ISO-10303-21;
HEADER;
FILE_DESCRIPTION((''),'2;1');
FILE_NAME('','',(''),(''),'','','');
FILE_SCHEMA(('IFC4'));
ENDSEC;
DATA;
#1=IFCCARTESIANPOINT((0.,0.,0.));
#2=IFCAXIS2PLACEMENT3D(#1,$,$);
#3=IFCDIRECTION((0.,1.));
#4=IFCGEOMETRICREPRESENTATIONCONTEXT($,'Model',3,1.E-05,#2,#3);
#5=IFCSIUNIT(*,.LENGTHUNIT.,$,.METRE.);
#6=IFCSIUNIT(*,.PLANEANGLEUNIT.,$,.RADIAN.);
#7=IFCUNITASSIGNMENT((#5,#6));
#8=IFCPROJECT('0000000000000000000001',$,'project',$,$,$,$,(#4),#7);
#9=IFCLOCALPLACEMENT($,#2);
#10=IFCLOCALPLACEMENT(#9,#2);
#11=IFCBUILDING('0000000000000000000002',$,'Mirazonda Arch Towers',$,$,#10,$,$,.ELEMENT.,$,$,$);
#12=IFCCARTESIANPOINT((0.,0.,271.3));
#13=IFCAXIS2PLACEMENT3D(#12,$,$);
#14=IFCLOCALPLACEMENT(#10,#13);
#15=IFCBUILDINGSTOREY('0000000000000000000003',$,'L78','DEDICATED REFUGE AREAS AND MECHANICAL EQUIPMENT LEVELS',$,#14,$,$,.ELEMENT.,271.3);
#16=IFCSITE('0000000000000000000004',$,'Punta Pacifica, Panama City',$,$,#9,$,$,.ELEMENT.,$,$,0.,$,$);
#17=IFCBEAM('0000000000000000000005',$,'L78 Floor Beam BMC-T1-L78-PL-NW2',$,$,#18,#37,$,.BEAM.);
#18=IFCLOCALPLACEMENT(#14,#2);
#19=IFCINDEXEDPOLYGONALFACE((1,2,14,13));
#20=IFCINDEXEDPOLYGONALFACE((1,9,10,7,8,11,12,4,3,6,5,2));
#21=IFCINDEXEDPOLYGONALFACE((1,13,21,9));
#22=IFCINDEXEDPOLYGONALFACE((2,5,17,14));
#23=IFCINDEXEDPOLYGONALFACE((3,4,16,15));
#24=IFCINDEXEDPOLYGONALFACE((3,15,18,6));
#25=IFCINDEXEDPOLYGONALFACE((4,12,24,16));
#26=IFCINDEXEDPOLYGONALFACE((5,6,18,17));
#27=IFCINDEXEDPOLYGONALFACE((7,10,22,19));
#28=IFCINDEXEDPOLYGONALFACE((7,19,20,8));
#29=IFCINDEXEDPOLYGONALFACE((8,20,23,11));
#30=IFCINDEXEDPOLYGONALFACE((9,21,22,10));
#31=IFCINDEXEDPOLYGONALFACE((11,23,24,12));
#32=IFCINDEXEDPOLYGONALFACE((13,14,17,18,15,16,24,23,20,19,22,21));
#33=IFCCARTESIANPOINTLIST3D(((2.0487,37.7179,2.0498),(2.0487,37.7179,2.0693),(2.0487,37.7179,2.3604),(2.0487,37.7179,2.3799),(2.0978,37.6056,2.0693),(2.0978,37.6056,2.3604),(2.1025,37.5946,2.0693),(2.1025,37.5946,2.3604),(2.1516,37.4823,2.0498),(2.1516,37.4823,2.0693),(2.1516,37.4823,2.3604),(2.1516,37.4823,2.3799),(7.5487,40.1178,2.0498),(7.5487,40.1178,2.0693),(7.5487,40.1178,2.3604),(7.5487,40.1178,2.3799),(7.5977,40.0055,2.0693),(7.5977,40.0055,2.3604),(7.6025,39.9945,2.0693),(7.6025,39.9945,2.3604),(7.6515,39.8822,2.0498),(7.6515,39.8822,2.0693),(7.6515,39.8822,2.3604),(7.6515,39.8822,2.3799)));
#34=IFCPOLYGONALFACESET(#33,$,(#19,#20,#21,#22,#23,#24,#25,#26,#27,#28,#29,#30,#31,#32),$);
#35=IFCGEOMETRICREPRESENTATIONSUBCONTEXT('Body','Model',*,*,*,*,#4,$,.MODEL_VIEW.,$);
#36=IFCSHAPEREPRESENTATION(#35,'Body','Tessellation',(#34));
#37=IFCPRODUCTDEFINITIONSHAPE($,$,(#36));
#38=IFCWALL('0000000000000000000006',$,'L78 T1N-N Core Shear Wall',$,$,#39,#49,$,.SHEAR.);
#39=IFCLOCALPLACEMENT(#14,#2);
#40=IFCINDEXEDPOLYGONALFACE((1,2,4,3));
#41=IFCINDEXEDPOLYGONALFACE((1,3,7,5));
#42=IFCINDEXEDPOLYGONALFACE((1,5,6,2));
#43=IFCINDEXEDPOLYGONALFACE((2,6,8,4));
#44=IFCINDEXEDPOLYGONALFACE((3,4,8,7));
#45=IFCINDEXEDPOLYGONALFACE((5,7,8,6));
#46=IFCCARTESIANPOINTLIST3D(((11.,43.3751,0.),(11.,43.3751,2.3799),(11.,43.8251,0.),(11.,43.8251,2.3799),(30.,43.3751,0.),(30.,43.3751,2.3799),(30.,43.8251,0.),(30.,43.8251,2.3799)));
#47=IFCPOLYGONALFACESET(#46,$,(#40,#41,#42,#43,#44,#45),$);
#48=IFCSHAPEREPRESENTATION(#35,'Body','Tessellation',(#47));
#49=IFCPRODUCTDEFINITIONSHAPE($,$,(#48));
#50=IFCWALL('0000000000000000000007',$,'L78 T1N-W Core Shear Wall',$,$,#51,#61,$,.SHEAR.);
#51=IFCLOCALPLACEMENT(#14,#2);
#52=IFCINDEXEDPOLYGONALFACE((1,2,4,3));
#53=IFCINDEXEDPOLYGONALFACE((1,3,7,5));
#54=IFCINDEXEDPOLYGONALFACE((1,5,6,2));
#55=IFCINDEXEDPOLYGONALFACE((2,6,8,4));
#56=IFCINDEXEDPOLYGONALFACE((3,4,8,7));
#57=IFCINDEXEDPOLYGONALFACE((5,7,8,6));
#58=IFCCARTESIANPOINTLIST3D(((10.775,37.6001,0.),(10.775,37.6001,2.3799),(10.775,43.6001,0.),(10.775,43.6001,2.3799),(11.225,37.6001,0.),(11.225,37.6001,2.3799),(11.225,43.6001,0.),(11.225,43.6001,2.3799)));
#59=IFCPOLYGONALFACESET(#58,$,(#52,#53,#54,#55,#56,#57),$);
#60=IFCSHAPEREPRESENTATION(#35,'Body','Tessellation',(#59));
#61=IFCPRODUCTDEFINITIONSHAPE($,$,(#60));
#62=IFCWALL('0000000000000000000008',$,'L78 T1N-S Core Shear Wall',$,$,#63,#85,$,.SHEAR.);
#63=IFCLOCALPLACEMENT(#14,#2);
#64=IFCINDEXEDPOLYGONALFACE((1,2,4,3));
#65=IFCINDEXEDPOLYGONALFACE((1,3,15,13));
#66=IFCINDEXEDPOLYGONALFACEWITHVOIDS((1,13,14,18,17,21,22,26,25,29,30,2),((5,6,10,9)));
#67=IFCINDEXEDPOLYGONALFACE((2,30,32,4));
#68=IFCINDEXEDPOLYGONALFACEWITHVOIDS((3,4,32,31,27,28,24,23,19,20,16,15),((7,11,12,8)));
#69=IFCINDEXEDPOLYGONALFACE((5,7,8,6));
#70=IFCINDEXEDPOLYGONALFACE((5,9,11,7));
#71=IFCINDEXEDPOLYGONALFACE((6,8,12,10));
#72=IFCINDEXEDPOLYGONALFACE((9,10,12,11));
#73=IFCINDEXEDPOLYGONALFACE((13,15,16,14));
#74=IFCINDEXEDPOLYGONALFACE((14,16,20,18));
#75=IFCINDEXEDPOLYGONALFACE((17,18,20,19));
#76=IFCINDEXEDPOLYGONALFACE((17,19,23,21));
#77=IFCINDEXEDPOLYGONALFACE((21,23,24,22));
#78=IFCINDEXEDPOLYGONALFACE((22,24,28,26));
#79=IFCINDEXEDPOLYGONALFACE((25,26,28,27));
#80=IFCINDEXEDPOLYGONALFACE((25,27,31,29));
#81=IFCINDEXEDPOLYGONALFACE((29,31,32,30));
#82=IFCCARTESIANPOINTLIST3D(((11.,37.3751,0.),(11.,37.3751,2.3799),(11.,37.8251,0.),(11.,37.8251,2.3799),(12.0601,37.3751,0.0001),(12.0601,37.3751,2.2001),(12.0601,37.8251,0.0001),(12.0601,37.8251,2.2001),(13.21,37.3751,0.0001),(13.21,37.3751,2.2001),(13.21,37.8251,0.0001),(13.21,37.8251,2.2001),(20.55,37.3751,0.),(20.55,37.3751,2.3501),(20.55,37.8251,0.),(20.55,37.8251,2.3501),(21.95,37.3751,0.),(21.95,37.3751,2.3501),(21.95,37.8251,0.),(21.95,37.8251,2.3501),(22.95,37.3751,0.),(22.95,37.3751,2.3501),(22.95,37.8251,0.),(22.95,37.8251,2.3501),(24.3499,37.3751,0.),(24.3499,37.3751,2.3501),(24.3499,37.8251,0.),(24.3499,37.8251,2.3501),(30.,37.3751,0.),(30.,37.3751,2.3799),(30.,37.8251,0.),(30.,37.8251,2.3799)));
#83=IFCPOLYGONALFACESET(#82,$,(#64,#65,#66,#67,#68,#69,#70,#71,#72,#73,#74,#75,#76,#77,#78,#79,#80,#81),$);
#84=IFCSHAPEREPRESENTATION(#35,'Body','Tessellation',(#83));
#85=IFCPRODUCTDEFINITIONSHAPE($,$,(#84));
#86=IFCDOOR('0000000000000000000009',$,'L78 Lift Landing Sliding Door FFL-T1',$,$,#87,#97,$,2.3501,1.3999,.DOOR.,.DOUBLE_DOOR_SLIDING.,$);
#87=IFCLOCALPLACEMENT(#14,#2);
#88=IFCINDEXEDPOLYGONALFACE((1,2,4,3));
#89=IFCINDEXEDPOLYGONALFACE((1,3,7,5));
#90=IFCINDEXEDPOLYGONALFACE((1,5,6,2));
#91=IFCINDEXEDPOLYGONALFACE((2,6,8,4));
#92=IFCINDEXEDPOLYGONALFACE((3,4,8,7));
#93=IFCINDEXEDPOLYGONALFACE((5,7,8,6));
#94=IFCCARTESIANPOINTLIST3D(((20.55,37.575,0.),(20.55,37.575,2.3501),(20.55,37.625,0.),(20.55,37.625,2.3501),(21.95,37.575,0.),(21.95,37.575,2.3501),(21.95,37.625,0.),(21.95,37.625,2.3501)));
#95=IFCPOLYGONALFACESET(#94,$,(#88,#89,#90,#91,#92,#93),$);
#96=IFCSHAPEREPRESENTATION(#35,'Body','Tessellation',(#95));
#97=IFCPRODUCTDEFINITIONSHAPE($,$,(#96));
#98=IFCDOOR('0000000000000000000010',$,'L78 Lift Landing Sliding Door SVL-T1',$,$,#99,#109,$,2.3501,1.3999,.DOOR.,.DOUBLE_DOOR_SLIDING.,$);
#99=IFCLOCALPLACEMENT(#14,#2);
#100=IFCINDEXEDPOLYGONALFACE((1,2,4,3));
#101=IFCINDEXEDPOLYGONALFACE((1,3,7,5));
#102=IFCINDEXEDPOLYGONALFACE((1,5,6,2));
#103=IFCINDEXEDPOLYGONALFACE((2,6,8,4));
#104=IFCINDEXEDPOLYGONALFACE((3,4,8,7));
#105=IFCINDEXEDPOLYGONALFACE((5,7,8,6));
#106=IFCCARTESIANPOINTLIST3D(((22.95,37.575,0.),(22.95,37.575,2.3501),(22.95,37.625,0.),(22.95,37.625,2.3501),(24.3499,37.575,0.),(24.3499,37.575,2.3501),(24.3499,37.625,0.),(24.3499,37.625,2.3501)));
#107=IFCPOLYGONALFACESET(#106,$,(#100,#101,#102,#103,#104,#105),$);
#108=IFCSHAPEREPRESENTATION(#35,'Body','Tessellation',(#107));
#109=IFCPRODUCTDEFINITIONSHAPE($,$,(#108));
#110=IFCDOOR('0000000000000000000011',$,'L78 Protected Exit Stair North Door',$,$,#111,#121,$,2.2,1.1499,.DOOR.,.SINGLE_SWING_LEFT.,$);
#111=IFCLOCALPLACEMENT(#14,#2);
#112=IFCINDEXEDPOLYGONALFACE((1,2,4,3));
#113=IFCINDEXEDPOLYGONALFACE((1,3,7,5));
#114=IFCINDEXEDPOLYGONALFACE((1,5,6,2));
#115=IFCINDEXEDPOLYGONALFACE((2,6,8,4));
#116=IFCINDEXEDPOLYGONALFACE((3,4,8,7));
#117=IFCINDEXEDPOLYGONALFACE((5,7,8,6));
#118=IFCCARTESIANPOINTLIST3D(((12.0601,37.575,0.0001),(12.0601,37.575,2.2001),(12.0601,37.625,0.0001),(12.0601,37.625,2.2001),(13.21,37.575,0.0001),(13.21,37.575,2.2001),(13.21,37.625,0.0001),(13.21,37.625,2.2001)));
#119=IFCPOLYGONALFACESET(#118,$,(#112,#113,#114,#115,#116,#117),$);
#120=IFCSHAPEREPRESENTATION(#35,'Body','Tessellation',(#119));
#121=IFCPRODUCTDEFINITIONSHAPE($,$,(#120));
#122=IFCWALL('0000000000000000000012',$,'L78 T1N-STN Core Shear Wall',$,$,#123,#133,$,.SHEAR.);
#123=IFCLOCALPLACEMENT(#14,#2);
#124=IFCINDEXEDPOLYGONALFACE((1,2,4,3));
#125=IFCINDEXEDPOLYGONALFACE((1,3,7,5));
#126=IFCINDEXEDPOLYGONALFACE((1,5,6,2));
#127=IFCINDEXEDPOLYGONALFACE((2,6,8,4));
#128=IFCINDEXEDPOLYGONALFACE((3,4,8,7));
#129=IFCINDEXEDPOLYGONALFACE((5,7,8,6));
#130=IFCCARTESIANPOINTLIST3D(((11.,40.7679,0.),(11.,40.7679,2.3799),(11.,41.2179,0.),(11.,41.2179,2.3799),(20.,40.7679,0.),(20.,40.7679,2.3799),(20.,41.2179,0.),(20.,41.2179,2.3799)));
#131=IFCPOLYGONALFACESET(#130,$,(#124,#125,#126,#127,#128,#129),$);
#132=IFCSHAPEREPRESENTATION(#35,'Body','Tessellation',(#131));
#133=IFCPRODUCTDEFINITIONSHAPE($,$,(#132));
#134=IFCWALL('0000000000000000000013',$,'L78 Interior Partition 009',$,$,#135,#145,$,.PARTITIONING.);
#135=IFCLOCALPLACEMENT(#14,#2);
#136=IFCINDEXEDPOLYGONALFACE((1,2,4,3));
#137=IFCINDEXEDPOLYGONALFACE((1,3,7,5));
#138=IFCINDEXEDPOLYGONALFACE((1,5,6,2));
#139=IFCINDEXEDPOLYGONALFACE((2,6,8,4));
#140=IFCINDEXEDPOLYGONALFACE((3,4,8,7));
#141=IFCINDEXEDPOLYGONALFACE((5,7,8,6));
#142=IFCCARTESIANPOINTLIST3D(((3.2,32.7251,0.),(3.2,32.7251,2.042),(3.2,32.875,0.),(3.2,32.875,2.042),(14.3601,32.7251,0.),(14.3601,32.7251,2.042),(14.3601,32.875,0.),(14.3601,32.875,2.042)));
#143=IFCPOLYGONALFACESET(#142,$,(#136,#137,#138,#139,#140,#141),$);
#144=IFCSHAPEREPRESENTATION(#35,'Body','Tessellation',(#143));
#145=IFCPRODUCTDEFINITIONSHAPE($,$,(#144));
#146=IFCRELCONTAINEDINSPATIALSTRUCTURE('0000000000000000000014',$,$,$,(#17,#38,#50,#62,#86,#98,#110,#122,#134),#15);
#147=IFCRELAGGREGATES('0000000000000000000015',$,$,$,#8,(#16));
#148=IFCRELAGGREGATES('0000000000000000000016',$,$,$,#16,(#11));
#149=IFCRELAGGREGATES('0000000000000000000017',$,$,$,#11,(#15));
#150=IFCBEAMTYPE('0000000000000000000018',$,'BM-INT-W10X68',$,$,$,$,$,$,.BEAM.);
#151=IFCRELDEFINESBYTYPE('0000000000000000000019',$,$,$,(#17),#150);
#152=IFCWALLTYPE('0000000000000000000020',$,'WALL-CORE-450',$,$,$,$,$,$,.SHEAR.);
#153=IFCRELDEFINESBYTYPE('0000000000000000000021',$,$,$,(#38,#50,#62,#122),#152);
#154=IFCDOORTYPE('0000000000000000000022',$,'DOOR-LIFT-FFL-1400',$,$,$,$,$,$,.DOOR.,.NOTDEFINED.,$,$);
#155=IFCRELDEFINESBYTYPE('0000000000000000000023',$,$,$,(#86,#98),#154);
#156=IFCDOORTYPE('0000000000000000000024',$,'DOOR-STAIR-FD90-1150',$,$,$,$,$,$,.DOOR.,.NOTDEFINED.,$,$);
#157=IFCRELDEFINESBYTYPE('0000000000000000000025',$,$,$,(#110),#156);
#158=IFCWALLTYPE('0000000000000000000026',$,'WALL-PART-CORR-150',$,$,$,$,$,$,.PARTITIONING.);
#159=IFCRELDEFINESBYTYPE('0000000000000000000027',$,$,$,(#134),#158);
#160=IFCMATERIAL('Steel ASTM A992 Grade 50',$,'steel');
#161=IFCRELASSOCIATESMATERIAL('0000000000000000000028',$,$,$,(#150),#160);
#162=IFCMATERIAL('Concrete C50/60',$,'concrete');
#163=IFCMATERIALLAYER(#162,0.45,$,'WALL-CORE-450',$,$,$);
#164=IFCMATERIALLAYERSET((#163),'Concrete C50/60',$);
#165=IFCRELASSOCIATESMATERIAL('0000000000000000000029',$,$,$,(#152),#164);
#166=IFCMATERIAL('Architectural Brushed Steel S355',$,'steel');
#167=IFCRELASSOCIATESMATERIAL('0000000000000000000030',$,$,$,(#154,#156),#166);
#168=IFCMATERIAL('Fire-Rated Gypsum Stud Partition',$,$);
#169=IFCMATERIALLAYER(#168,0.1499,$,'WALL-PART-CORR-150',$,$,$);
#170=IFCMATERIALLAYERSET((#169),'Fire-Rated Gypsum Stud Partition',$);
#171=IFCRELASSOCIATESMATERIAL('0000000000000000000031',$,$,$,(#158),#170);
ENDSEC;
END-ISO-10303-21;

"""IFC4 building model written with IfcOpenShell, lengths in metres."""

from ifc_helpers import new_model, si_unit, direction, frame, frame_2d, origin, origin_2d, place, context, subcontext, project, spatial, rectangle, i_section, extrude, material, layer, layer_set, material_profile, profile_set, type_object, element, fill, save


model = new_model("IFC4")

# Units and contexts
model_context = context("Model", 3, precision=1e-05, world=origin(), true_north=direction((0.0, 1.0)))
body_context = subcontext(model_context, "Body", "Model", "MODEL_VIEW")
ifc_project = project(units=[si_unit("LENGTHUNIT", "METRE"), si_unit("PLANEANGLEUNIT", "RADIAN")], contexts=[model_context])

# Site, building, storey
site_placement = place(None, origin())
site = spatial("IfcSite", under=ifc_project, at=site_placement, Name="Punta Pacifica, Panama City", CompositionType="ELEMENT", RefElevation=0.0)
building_placement = place(site_placement, origin())
building = spatial("IfcBuilding", under=site, at=building_placement, Name="Mirazonda Arch Towers", CompositionType="ELEMENT")
storey_placement = place(building_placement, frame((0.0, 0.0, 271.3)))
storey = spatial("IfcBuildingStorey", under=building, at=storey_placement, Name="L78", Description="DEDICATED REFUGE AREAS AND MECHANICAL EQUIPMENT LEVELS", CompositionType="ELEMENT", Elevation=271.3)

# Shared definitions
ifc_material_1 = material(Name="Concrete C50/60", Category="concrete")

# Beam
ifc_material_2 = material(Name="Steel ASTM A992 Grade 50", Category="steel")
ifc_material_profile_1 = material_profile(ifc_material_2, i_section(OverallWidth=0.2571, OverallDepth=0.3301, WebThickness=0.012, FlangeThickness=0.0195, at=origin_2d()), Name="W10X68")
ifc_profile_set_1 = profile_set([ifc_material_profile_1], Name="Steel ASTM A992 Grade 50")
beam_type_1 = type_object("IfcBeamType", Name="BM-INT-W10X68", PredefinedType="BEAM", material=ifc_profile_set_1)
beam_1_placement = place(storey_placement, frame((7.6001, 40.0, 2.2148), z_axis=(-0.916545, -0.399931, 0.0), x_axis=(0.399931, -0.916545, 0.0)))
element("IfcBeam", 1, at=beam_1_placement, inside=storey, type_object=beam_type_1, Name="L78 Floor Beam BMC-T1-L78-PL-NW2", PredefinedType="BEAM", context=body_context, shape_type="SweptSolid", body=[
    extrude(i_section(OverallWidth=0.2571, OverallDepth=0.3301, WebThickness=0.012, FlangeThickness=0.0195, at=origin_2d()), origin(), (0.0, 0.0, 1.0), 6.0007),
])

# Walls
ifc_layer_1 = layer(ifc_material_1, 0.45, Name="WALL-CORE-450")
ifc_layer_set_1 = layer_set([ifc_layer_1], Name="Concrete C50/60")
wall_type_1 = type_object("IfcWallType", Name="WALL-CORE-450", PredefinedType="SHEAR", material=ifc_layer_set_1)
wall_1_placement = place(storey_placement, frame((11.0, 43.6001, 0.0), z_axis=(0.0, 0.0, 1.0), x_axis=(1.0, 0.0, 0.0)))
element("IfcWall", 2, at=wall_1_placement, inside=storey, type_object=wall_type_1, Name="L78 T1N-N Core Shear Wall", PredefinedType="SHEAR", context=body_context, shape_type="SweptSolid", body=[
    extrude(rectangle(XDim=19.0, YDim=0.45, at=frame_2d((9.5, 0.0))), origin(), (0.0, 0.0, 1.0), 2.3799),
])
wall_2_placement = place(storey_placement, frame((11.0, 37.6001, 0.0), z_axis=(0.0, 0.0, 1.0), x_axis=(0.0, 1.0, 0.0)))
element("IfcWall", 3, at=wall_2_placement, inside=storey, type_object=wall_type_1, Name="L78 T1N-W Core Shear Wall", PredefinedType="SHEAR", context=body_context, shape_type="SweptSolid", body=[
    extrude(rectangle(XDim=6.0, YDim=0.45, at=frame_2d((3.0, 0.0))), origin(), (0.0, 0.0, 1.0), 2.3799),
])

# Wall, openings, doors
wall_3_placement = place(storey_placement, frame((11.0, 37.6001, 0.0), z_axis=(0.0, 0.0, 1.0), x_axis=(1.0, 0.0, 0.0)))
wall_3 = element("IfcWall", 4, at=wall_3_placement, inside=storey, type_object=wall_type_1, Name="L78 T1N-S Core Shear Wall", PredefinedType="SHEAR", context=body_context, shape_type="SweptSolid", body=[
    extrude(rectangle(XDim=19.0, YDim=0.45, at=frame_2d((9.5, 0.0))), origin(), (0.0, 0.0, 1.0), 2.3799),
])
opening_1_placement = place(wall_3_placement, frame((1.0601, 0.0, 0.0)))
opening_1 = element("IfcOpeningElement", 5, at=opening_1_placement, cuts=wall_3, PredefinedType="OPENING", context=body_context, shape_type="SweptSolid", body=[
    extrude(rectangle(XDim=1.1499, YDim=2.2, at=frame_2d((0.575, 1.1001))), frame((0.0, 0.2349, 0.0), z_axis=(0.0, -1.0, 0.0), x_axis=(1.0, 0.0, 0.0)), (0.0, 0.0, 1.0), 0.47),
])
opening_2_placement = place(wall_3_placement, frame((9.55, 0.0, 0.0)))
opening_2 = element("IfcOpeningElement", 6, at=opening_2_placement, cuts=wall_3, PredefinedType="OPENING", context=body_context, shape_type="SweptSolid", body=[
    extrude(rectangle(XDim=1.3999, YDim=2.3501, at=frame_2d((0.7, 1.175))), frame((0.0, 0.2349, 0.0), z_axis=(0.0, -1.0, 0.0), x_axis=(1.0, 0.0, 0.0)), (0.0, 0.0, 1.0), 0.47),
])
opening_3_placement = place(wall_3_placement, frame((11.95, 0.0, 0.0)))
opening_3 = element("IfcOpeningElement", 7, at=opening_3_placement, cuts=wall_3, PredefinedType="OPENING", context=body_context, shape_type="SweptSolid", body=[
    extrude(rectangle(XDim=1.3999, YDim=2.3501, at=frame_2d((0.7, 1.175))), frame((0.0, 0.2349, 0.0), z_axis=(0.0, -1.0, 0.0), x_axis=(1.0, 0.0, 0.0)), (0.0, 0.0, 1.0), 0.47),
])
ifc_material_3 = material(Name="Architectural Brushed Steel S355", Category="steel")
door_type_1 = type_object("IfcDoorType", Name="DOOR-LIFT-FFL-1400", OperationType="NOTDEFINED", PredefinedType="DOOR", material=ifc_material_3)
door_1_placement = place(opening_2_placement, origin())
door_1 = element("IfcDoor", 8, at=door_1_placement, inside=storey, type_object=door_type_1, Name="L78 Lift Landing Sliding Door FFL-T1", OperationType="DOUBLE_DOOR_SLIDING", OverallHeight=2.3501, OverallWidth=1.3999, PredefinedType="DOOR", context=body_context, shape_type="SweptSolid", body=[
    extrude(rectangle(XDim=1.3999, YDim=2.3501, at=frame_2d((0.7, 1.175))), frame((0.0, 0.0249, 0.0), z_axis=(0.0, -1.0, 0.0), x_axis=(1.0, 0.0, 0.0)), (0.0, 0.0, 1.0), 0.05),
])
fill(opening_2, door_1)
door_2_placement = place(opening_3_placement, origin())
door_2 = element("IfcDoor", 9, at=door_2_placement, inside=storey, type_object=door_type_1, Name="L78 Lift Landing Sliding Door SVL-T1", OperationType="DOUBLE_DOOR_SLIDING", OverallHeight=2.3501, OverallWidth=1.3999, PredefinedType="DOOR", context=body_context, shape_type="SweptSolid", body=[
    extrude(rectangle(XDim=1.3999, YDim=2.3501, at=frame_2d((0.7, 1.175))), frame((0.0, 0.0249, 0.0), z_axis=(0.0, -1.0, 0.0), x_axis=(1.0, 0.0, 0.0)), (0.0, 0.0, 1.0), 0.05),
])
fill(opening_3, door_2)
door_type_2 = type_object("IfcDoorType", Name="DOOR-STAIR-FD90-1150", OperationType="NOTDEFINED", PredefinedType="DOOR", material=ifc_material_3)
door_3_placement = place(opening_1_placement, origin())
door_3 = element("IfcDoor", 10, at=door_3_placement, inside=storey, type_object=door_type_2, Name="L78 Protected Exit Stair North Door", OperationType="SINGLE_SWING_LEFT", OverallHeight=2.2, OverallWidth=1.1499, PredefinedType="DOOR", context=body_context, shape_type="SweptSolid", body=[
    extrude(rectangle(XDim=1.1499, YDim=2.2, at=frame_2d((0.575, 1.1001))), frame((0.0, 0.0249, 0.0), z_axis=(0.0, -1.0, 0.0), x_axis=(1.0, 0.0, 0.0)), (0.0, 0.0, 1.0), 0.05),
])
fill(opening_1, door_3)

# Walls
wall_4_placement = place(storey_placement, frame((11.0, 40.9929, 0.0), z_axis=(0.0, 0.0, 1.0), x_axis=(1.0, 0.0, 0.0)))
element("IfcWall", 11, at=wall_4_placement, inside=storey, type_object=wall_type_1, Name="L78 T1N-STN Core Shear Wall", PredefinedType="SHEAR", context=body_context, shape_type="SweptSolid", body=[
    extrude(rectangle(XDim=9.0, YDim=0.45, at=frame_2d((4.5, 0.0))), origin(), (0.0, 0.0, 1.0), 2.3799),
])
ifc_material_4 = material(Name="Fire-Rated Gypsum Stud Partition")
ifc_layer_2 = layer(ifc_material_4, 0.1499, Name="WALL-PART-CORR-150")
ifc_layer_set_2 = layer_set([ifc_layer_2], Name="Fire-Rated Gypsum Stud Partition")
wall_type_2 = type_object("IfcWallType", Name="WALL-PART-CORR-150", PredefinedType="PARTITIONING", material=ifc_layer_set_2)
wall_5_placement = place(storey_placement, frame((3.2, 32.8, 0.0), z_axis=(0.0, 0.0, 1.0), x_axis=(1.0, 0.0, 0.0)))
element("IfcWall", 12, at=wall_5_placement, inside=storey, type_object=wall_type_2, Name="L78 Interior Partition 009", PredefinedType="PARTITIONING", context=body_context, shape_type="SweptSolid", body=[
    extrude(rectangle(XDim=11.1602, YDim=0.1499, at=frame_2d((5.5801, 0.0))), origin(), (0.0, 0.0, 1.0), 2.042),
])

save(model, "model.ifc")
